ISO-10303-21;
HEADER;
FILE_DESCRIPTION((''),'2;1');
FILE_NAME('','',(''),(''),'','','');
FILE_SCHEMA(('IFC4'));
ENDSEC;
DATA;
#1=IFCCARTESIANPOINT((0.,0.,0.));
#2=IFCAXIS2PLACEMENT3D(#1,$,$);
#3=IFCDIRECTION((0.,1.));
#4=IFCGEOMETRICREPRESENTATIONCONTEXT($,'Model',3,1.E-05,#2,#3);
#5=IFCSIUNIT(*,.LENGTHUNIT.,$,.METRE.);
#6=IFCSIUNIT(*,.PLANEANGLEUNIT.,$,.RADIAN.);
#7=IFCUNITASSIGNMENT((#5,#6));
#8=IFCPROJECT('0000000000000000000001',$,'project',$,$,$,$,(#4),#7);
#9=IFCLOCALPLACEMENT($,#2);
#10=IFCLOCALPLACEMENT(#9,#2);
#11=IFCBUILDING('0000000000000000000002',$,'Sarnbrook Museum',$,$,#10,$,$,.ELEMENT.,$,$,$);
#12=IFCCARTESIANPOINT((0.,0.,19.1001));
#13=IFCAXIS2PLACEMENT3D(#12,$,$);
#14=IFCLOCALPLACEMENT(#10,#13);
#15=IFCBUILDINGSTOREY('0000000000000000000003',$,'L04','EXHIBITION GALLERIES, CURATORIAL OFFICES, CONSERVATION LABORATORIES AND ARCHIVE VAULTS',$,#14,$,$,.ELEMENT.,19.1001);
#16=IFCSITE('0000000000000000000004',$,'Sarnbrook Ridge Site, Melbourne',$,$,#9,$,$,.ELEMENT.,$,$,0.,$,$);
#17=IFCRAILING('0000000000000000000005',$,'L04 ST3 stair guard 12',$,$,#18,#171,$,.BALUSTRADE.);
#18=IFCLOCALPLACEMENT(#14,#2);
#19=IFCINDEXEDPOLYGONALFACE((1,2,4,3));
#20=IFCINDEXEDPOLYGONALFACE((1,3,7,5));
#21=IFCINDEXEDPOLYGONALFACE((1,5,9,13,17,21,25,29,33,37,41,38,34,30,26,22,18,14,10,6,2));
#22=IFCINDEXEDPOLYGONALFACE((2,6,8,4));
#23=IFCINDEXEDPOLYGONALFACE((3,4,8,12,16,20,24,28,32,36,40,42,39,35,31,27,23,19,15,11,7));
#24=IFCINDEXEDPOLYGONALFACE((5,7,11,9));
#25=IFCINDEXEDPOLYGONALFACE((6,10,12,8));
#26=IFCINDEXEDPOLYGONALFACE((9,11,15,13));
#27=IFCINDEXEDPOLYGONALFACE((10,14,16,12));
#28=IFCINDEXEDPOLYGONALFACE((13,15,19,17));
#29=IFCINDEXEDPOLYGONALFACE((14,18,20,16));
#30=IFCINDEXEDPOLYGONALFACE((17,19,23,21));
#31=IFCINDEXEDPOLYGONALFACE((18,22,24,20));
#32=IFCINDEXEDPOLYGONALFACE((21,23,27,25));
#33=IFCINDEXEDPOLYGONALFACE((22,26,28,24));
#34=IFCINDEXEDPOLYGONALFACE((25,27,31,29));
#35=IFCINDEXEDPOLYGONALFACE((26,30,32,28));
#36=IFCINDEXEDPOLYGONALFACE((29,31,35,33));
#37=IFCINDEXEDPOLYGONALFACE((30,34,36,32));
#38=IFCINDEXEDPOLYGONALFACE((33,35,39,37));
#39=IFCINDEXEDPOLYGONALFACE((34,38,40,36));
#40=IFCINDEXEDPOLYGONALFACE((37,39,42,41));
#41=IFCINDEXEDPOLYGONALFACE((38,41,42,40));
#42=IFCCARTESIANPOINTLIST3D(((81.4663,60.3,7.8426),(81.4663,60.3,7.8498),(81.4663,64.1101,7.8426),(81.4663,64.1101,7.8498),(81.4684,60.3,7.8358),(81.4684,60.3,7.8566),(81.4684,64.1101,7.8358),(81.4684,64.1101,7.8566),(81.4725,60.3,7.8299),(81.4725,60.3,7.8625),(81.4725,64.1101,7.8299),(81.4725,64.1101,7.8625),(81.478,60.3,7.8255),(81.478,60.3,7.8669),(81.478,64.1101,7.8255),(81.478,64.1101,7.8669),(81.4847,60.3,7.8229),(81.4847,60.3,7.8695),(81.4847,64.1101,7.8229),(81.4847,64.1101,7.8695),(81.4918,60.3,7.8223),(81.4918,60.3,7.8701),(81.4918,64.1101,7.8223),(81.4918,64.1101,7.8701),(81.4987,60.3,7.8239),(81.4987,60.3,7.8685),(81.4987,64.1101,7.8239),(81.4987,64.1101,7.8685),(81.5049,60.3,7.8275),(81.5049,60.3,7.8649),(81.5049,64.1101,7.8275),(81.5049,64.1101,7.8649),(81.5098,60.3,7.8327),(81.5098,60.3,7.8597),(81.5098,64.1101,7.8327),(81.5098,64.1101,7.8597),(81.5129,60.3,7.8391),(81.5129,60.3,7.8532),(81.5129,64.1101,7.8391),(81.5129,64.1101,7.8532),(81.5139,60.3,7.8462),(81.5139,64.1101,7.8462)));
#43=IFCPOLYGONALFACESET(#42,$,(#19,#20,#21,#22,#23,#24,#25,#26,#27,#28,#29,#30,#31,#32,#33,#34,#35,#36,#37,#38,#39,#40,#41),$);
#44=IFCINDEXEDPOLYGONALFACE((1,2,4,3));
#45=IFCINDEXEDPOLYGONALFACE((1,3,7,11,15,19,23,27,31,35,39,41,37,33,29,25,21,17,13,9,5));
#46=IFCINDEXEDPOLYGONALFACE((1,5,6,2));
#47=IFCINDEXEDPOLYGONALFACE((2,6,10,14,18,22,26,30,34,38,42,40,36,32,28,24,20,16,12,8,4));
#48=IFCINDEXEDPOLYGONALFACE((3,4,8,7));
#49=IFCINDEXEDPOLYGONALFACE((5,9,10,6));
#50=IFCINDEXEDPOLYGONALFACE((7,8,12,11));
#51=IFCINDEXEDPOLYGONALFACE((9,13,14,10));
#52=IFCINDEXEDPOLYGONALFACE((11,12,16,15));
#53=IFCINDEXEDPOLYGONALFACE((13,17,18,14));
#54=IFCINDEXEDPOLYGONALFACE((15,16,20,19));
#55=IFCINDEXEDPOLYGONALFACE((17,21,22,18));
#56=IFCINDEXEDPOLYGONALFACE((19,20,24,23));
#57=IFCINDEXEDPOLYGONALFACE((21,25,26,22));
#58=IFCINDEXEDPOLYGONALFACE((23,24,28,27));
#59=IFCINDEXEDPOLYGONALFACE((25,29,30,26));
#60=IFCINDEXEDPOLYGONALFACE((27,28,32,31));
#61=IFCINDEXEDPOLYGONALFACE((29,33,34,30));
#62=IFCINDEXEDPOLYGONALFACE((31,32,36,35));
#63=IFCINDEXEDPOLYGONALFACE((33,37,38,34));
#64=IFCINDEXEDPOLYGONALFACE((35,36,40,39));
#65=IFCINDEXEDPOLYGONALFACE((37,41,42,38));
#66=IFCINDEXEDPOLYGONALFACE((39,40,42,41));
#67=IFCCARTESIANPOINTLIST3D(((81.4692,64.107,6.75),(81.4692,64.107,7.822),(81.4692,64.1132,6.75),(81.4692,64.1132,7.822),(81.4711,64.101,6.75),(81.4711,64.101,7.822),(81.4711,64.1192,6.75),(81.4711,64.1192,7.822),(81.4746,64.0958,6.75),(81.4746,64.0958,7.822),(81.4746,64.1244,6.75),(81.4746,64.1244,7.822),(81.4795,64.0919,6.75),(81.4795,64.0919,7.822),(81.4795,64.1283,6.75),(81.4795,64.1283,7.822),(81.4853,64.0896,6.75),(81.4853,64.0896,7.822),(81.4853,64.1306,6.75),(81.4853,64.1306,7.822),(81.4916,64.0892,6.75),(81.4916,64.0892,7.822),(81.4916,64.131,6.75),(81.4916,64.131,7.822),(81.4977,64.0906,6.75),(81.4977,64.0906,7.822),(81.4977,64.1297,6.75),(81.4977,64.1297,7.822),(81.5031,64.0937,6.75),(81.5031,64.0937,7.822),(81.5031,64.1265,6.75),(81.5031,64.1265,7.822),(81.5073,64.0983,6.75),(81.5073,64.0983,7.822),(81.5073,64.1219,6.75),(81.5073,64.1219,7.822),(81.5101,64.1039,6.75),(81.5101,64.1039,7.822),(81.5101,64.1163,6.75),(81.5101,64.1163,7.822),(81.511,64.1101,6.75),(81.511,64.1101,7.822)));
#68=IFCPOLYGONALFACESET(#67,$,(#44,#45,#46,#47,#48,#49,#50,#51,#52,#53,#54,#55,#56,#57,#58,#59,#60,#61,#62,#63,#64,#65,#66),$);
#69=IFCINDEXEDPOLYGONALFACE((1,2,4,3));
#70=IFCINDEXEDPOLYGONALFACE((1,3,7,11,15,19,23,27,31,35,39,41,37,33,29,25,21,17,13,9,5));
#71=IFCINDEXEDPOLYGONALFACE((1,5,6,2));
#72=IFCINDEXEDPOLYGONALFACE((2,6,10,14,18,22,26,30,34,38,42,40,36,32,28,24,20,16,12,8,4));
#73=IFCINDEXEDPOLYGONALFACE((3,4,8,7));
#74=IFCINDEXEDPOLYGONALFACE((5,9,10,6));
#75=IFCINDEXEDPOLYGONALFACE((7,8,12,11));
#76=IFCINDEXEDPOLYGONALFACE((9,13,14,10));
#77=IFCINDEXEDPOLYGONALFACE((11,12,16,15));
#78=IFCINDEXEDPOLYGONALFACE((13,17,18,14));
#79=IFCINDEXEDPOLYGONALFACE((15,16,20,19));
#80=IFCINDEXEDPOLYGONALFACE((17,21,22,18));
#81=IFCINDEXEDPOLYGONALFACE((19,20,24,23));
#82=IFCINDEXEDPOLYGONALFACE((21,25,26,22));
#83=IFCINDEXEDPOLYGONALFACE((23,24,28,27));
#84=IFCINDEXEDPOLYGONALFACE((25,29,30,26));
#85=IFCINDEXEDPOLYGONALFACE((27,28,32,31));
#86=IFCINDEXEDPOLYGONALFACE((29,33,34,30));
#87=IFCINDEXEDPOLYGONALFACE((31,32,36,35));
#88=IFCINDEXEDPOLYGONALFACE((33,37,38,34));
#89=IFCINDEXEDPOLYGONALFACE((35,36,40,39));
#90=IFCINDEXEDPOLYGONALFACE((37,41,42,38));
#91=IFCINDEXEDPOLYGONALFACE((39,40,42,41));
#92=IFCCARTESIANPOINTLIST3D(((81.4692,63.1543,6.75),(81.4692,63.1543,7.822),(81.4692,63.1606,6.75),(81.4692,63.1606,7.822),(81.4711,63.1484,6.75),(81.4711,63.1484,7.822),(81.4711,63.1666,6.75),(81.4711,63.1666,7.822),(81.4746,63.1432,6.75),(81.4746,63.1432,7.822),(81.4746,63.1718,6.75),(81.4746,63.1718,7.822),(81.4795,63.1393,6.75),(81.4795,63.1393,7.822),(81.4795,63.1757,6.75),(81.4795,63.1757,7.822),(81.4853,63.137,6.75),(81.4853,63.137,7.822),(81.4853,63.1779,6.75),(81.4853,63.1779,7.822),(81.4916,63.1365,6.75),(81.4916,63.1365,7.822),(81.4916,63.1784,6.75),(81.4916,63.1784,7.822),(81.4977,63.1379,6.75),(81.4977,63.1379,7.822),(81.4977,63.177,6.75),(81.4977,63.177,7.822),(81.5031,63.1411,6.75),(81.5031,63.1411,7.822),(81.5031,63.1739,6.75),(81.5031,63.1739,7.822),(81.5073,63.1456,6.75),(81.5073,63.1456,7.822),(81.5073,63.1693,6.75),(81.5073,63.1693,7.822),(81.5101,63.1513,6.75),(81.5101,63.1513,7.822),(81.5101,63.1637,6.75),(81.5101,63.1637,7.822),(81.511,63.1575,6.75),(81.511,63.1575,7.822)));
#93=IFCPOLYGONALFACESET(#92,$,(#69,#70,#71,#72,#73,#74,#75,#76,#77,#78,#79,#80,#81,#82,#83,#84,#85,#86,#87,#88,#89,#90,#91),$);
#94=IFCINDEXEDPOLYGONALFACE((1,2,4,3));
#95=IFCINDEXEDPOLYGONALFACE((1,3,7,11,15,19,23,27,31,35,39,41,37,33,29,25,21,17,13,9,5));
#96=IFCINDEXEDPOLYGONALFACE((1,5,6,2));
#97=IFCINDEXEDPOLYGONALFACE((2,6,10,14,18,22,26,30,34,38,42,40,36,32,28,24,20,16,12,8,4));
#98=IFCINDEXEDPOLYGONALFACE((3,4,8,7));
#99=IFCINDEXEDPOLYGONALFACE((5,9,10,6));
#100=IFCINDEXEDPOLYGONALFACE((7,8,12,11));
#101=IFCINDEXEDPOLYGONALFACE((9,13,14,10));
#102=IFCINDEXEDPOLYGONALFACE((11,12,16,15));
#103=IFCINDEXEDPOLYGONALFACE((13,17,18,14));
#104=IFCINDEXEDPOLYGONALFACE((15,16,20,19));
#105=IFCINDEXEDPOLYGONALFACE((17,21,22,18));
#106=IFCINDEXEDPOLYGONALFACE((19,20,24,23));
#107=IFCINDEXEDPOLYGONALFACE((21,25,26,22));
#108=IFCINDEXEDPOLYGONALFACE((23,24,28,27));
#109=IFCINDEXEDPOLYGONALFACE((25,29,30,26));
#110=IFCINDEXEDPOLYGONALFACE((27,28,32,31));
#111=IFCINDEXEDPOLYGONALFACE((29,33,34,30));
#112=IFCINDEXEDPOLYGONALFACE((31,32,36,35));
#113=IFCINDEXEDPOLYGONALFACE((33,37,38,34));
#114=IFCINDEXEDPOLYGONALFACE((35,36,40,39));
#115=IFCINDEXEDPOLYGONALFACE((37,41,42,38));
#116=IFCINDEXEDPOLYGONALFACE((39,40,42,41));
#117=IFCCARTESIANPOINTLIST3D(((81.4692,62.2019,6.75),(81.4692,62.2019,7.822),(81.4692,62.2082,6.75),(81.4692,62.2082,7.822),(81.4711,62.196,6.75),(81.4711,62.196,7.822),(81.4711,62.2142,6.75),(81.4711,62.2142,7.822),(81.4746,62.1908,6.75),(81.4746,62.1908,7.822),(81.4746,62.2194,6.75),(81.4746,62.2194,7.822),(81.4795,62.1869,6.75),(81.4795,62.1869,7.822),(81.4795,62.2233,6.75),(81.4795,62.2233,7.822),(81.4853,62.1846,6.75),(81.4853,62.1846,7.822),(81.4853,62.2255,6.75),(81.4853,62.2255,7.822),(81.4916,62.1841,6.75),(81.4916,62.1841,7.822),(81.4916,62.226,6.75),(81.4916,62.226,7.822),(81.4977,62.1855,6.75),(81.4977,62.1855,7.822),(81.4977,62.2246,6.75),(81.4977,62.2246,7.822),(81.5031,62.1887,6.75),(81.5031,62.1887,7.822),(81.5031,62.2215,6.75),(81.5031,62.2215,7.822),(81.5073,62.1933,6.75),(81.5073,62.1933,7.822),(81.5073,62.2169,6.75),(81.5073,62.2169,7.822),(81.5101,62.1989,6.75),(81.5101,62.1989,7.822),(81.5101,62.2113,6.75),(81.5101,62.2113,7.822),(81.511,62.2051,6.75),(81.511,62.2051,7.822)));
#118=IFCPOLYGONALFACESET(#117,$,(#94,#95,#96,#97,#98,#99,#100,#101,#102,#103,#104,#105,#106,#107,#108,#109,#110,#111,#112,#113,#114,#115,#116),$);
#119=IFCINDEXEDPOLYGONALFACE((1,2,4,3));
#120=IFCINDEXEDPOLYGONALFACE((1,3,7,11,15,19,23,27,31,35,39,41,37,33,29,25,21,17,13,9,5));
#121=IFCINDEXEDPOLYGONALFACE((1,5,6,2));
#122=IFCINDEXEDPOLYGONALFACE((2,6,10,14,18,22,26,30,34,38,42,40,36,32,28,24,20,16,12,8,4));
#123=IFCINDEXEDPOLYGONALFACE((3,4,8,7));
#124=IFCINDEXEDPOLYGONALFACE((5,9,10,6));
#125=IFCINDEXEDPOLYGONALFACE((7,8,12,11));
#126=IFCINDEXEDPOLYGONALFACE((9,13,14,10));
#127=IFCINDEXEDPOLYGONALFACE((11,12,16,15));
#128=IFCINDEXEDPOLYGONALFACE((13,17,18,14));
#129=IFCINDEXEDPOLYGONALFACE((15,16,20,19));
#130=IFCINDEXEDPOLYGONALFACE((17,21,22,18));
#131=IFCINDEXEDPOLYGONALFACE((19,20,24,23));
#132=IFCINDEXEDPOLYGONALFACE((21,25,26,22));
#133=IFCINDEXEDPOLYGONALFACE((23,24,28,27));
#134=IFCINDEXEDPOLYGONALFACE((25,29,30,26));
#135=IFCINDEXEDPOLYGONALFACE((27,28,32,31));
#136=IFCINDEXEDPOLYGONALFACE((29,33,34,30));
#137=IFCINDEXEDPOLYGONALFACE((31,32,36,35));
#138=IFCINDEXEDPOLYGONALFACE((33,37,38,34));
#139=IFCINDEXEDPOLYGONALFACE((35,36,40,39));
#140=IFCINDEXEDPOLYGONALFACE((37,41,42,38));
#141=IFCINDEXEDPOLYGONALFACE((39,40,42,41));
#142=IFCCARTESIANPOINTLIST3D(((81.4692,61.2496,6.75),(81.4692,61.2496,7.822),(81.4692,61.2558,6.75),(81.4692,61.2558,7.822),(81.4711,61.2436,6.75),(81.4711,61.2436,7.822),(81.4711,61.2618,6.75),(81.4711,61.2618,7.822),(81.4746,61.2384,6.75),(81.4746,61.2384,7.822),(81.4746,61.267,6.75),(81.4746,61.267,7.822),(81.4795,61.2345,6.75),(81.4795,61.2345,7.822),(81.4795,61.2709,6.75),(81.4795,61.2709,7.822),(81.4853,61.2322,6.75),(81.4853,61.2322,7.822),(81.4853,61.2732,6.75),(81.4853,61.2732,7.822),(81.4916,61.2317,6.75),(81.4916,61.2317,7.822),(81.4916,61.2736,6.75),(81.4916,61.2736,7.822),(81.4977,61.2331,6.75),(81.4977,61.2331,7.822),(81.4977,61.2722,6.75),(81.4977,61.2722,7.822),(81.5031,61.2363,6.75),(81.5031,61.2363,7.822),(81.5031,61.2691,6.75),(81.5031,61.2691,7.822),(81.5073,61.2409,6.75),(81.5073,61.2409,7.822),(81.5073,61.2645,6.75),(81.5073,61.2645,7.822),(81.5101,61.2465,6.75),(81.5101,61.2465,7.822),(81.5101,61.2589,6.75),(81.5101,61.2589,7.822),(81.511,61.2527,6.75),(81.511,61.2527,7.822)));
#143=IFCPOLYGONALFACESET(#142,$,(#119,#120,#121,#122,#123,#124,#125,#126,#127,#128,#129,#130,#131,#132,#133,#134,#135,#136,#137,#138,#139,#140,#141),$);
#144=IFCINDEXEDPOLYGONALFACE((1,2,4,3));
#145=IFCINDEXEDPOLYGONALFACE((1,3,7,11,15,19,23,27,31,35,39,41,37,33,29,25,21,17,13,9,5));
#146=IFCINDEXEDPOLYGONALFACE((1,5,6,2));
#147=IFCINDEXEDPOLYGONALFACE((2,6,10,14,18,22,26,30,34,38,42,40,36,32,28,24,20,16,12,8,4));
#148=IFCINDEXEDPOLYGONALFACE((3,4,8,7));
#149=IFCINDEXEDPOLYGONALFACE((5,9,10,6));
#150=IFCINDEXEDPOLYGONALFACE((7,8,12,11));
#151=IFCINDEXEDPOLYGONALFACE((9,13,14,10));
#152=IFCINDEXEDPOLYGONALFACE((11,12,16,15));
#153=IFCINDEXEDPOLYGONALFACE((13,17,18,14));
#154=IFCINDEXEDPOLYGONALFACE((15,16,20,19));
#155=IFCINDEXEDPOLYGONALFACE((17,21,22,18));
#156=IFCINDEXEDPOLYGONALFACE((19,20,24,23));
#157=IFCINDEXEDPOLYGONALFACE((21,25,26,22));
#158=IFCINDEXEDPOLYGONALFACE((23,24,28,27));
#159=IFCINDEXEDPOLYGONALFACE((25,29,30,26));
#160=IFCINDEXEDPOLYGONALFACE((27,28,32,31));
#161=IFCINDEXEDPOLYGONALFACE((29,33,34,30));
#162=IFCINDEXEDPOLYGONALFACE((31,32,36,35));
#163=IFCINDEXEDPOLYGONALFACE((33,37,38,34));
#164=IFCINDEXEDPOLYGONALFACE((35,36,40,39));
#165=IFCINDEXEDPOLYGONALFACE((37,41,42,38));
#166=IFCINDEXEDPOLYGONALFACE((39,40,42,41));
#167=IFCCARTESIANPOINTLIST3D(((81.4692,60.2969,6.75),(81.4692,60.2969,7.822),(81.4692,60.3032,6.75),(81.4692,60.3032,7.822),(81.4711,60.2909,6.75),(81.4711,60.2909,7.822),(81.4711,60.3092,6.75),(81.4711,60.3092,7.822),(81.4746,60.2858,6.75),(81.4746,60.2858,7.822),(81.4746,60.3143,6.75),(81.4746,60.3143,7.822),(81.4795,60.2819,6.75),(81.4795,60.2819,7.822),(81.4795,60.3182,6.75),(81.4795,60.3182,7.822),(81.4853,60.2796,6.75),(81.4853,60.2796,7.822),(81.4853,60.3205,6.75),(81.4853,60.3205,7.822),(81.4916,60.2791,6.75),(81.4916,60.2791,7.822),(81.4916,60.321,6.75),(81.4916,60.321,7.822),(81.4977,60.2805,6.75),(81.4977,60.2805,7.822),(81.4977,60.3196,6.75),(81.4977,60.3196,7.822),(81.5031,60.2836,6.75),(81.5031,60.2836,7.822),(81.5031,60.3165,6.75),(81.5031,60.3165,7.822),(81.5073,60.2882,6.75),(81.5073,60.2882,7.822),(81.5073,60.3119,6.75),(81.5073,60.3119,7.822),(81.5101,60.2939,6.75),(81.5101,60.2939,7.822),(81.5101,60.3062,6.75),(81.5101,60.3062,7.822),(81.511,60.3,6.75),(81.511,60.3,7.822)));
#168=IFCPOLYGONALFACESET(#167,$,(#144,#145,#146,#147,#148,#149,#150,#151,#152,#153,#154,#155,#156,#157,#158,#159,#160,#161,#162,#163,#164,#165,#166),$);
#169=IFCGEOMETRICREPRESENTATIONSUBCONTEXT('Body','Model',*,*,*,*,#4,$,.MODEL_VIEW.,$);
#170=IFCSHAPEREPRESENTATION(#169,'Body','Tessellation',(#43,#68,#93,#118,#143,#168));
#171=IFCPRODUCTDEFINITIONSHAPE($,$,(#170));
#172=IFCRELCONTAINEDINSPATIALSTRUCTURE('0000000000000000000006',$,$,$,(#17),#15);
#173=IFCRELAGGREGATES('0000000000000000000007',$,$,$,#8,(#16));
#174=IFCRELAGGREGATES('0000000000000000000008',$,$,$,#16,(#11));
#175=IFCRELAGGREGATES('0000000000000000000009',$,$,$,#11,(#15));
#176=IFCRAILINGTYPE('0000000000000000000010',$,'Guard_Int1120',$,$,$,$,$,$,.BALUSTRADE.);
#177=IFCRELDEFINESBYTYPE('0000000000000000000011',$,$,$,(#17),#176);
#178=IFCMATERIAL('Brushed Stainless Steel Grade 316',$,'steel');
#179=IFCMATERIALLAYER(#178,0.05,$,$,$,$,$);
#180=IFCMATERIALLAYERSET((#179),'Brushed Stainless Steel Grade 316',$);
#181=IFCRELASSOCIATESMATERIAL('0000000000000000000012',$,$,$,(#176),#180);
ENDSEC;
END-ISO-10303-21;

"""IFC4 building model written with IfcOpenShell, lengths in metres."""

from ifc_helpers import new_model, si_unit, direction, frame, origin, origin_2d, place, context, subcontext, project, spatial, circle, extrude, material, layer, layer_set, type_object, element, save


model = new_model("IFC4")

# Units and contexts
model_context = context("Model", 3, precision=1e-05, world=origin(), true_north=direction((0.0, 1.0)))
body_context = subcontext(model_context, "Body", "Model", "MODEL_VIEW")
ifc_project = project(units=[si_unit("LENGTHUNIT", "METRE"), si_unit("PLANEANGLEUNIT", "RADIAN")], contexts=[model_context])

# Site, building, storey
site_placement = place(None, origin())
site = spatial("IfcSite", under=ifc_project, at=site_placement, Name="Sarnbrook Ridge Site, Melbourne", CompositionType="ELEMENT", RefElevation=0.0)
building_placement = place(site_placement, origin())
building = spatial("IfcBuilding", under=site, at=building_placement, Name="Sarnbrook Museum", CompositionType="ELEMENT")
storey_placement = place(building_placement, frame((0.0, 0.0, 19.1001)))
storey = spatial("IfcBuildingStorey", under=building, at=storey_placement, Name="L04", Description="EXHIBITION GALLERIES, CURATORIAL OFFICES, CONSERVATION LABORATORIES AND ARCHIVE VAULTS", CompositionType="ELEMENT", Elevation=19.1001)

# Shared definitions
ifc_material_1 = material(Name="Brushed Stainless Steel Grade 316", Category="steel")

# Railing
ifc_layer_1 = layer(ifc_material_1, 0.05)
ifc_layer_set_1 = layer_set([ifc_layer_1], Name="Brushed Stainless Steel Grade 316")
railing_type_1 = type_object("IfcRailingType", Name="Guard_Int1120", PredefinedType="BALUSTRADE", material=ifc_layer_set_1)
for number, where, name in (
    (1, (81.49, 64.1101, 6.75), "L04 ST3 stair guard 12"),
):
    element("IfcRailing", number, at=place(storey_placement, frame(where)), inside=storey, type_object=railing_type_1, Name=name, PredefinedType="BALUSTRADE", context=body_context, shape_type="SweptSolid", body=[
        extrude(circle(Radius=0.0239, at=origin_2d()), frame((0.0, 0.0, 1.0962), z_axis=(0.0, -1.0, 0.0), x_axis=(1.0, 0.0, 0.0)), (0.0, 0.0, 1.0), 3.8101),
        extrude(circle(Radius=0.021, at=origin_2d()), origin(), (0.0, 0.0, 1.0), 1.072),
        extrude(circle(Radius=0.021, at=origin_2d()), frame((0.0, -0.9526, 0.0)), (0.0, 0.0, 1.0), 1.072),
        extrude(circle(Radius=0.021, at=origin_2d()), frame((0.0, -1.905, 0.0)), (0.0, 0.0, 1.0), 1.072),
        extrude(circle(Radius=0.021, at=origin_2d()), frame((0.0, -2.8574, 0.0)), (0.0, 0.0, 1.0), 1.072),
        extrude(circle(Radius=0.021, at=origin_2d()), frame((0.0, -3.8101, 0.0)), (0.0, 0.0, 1.0), 1.072),
    ])

save(model, "model.ifc")
